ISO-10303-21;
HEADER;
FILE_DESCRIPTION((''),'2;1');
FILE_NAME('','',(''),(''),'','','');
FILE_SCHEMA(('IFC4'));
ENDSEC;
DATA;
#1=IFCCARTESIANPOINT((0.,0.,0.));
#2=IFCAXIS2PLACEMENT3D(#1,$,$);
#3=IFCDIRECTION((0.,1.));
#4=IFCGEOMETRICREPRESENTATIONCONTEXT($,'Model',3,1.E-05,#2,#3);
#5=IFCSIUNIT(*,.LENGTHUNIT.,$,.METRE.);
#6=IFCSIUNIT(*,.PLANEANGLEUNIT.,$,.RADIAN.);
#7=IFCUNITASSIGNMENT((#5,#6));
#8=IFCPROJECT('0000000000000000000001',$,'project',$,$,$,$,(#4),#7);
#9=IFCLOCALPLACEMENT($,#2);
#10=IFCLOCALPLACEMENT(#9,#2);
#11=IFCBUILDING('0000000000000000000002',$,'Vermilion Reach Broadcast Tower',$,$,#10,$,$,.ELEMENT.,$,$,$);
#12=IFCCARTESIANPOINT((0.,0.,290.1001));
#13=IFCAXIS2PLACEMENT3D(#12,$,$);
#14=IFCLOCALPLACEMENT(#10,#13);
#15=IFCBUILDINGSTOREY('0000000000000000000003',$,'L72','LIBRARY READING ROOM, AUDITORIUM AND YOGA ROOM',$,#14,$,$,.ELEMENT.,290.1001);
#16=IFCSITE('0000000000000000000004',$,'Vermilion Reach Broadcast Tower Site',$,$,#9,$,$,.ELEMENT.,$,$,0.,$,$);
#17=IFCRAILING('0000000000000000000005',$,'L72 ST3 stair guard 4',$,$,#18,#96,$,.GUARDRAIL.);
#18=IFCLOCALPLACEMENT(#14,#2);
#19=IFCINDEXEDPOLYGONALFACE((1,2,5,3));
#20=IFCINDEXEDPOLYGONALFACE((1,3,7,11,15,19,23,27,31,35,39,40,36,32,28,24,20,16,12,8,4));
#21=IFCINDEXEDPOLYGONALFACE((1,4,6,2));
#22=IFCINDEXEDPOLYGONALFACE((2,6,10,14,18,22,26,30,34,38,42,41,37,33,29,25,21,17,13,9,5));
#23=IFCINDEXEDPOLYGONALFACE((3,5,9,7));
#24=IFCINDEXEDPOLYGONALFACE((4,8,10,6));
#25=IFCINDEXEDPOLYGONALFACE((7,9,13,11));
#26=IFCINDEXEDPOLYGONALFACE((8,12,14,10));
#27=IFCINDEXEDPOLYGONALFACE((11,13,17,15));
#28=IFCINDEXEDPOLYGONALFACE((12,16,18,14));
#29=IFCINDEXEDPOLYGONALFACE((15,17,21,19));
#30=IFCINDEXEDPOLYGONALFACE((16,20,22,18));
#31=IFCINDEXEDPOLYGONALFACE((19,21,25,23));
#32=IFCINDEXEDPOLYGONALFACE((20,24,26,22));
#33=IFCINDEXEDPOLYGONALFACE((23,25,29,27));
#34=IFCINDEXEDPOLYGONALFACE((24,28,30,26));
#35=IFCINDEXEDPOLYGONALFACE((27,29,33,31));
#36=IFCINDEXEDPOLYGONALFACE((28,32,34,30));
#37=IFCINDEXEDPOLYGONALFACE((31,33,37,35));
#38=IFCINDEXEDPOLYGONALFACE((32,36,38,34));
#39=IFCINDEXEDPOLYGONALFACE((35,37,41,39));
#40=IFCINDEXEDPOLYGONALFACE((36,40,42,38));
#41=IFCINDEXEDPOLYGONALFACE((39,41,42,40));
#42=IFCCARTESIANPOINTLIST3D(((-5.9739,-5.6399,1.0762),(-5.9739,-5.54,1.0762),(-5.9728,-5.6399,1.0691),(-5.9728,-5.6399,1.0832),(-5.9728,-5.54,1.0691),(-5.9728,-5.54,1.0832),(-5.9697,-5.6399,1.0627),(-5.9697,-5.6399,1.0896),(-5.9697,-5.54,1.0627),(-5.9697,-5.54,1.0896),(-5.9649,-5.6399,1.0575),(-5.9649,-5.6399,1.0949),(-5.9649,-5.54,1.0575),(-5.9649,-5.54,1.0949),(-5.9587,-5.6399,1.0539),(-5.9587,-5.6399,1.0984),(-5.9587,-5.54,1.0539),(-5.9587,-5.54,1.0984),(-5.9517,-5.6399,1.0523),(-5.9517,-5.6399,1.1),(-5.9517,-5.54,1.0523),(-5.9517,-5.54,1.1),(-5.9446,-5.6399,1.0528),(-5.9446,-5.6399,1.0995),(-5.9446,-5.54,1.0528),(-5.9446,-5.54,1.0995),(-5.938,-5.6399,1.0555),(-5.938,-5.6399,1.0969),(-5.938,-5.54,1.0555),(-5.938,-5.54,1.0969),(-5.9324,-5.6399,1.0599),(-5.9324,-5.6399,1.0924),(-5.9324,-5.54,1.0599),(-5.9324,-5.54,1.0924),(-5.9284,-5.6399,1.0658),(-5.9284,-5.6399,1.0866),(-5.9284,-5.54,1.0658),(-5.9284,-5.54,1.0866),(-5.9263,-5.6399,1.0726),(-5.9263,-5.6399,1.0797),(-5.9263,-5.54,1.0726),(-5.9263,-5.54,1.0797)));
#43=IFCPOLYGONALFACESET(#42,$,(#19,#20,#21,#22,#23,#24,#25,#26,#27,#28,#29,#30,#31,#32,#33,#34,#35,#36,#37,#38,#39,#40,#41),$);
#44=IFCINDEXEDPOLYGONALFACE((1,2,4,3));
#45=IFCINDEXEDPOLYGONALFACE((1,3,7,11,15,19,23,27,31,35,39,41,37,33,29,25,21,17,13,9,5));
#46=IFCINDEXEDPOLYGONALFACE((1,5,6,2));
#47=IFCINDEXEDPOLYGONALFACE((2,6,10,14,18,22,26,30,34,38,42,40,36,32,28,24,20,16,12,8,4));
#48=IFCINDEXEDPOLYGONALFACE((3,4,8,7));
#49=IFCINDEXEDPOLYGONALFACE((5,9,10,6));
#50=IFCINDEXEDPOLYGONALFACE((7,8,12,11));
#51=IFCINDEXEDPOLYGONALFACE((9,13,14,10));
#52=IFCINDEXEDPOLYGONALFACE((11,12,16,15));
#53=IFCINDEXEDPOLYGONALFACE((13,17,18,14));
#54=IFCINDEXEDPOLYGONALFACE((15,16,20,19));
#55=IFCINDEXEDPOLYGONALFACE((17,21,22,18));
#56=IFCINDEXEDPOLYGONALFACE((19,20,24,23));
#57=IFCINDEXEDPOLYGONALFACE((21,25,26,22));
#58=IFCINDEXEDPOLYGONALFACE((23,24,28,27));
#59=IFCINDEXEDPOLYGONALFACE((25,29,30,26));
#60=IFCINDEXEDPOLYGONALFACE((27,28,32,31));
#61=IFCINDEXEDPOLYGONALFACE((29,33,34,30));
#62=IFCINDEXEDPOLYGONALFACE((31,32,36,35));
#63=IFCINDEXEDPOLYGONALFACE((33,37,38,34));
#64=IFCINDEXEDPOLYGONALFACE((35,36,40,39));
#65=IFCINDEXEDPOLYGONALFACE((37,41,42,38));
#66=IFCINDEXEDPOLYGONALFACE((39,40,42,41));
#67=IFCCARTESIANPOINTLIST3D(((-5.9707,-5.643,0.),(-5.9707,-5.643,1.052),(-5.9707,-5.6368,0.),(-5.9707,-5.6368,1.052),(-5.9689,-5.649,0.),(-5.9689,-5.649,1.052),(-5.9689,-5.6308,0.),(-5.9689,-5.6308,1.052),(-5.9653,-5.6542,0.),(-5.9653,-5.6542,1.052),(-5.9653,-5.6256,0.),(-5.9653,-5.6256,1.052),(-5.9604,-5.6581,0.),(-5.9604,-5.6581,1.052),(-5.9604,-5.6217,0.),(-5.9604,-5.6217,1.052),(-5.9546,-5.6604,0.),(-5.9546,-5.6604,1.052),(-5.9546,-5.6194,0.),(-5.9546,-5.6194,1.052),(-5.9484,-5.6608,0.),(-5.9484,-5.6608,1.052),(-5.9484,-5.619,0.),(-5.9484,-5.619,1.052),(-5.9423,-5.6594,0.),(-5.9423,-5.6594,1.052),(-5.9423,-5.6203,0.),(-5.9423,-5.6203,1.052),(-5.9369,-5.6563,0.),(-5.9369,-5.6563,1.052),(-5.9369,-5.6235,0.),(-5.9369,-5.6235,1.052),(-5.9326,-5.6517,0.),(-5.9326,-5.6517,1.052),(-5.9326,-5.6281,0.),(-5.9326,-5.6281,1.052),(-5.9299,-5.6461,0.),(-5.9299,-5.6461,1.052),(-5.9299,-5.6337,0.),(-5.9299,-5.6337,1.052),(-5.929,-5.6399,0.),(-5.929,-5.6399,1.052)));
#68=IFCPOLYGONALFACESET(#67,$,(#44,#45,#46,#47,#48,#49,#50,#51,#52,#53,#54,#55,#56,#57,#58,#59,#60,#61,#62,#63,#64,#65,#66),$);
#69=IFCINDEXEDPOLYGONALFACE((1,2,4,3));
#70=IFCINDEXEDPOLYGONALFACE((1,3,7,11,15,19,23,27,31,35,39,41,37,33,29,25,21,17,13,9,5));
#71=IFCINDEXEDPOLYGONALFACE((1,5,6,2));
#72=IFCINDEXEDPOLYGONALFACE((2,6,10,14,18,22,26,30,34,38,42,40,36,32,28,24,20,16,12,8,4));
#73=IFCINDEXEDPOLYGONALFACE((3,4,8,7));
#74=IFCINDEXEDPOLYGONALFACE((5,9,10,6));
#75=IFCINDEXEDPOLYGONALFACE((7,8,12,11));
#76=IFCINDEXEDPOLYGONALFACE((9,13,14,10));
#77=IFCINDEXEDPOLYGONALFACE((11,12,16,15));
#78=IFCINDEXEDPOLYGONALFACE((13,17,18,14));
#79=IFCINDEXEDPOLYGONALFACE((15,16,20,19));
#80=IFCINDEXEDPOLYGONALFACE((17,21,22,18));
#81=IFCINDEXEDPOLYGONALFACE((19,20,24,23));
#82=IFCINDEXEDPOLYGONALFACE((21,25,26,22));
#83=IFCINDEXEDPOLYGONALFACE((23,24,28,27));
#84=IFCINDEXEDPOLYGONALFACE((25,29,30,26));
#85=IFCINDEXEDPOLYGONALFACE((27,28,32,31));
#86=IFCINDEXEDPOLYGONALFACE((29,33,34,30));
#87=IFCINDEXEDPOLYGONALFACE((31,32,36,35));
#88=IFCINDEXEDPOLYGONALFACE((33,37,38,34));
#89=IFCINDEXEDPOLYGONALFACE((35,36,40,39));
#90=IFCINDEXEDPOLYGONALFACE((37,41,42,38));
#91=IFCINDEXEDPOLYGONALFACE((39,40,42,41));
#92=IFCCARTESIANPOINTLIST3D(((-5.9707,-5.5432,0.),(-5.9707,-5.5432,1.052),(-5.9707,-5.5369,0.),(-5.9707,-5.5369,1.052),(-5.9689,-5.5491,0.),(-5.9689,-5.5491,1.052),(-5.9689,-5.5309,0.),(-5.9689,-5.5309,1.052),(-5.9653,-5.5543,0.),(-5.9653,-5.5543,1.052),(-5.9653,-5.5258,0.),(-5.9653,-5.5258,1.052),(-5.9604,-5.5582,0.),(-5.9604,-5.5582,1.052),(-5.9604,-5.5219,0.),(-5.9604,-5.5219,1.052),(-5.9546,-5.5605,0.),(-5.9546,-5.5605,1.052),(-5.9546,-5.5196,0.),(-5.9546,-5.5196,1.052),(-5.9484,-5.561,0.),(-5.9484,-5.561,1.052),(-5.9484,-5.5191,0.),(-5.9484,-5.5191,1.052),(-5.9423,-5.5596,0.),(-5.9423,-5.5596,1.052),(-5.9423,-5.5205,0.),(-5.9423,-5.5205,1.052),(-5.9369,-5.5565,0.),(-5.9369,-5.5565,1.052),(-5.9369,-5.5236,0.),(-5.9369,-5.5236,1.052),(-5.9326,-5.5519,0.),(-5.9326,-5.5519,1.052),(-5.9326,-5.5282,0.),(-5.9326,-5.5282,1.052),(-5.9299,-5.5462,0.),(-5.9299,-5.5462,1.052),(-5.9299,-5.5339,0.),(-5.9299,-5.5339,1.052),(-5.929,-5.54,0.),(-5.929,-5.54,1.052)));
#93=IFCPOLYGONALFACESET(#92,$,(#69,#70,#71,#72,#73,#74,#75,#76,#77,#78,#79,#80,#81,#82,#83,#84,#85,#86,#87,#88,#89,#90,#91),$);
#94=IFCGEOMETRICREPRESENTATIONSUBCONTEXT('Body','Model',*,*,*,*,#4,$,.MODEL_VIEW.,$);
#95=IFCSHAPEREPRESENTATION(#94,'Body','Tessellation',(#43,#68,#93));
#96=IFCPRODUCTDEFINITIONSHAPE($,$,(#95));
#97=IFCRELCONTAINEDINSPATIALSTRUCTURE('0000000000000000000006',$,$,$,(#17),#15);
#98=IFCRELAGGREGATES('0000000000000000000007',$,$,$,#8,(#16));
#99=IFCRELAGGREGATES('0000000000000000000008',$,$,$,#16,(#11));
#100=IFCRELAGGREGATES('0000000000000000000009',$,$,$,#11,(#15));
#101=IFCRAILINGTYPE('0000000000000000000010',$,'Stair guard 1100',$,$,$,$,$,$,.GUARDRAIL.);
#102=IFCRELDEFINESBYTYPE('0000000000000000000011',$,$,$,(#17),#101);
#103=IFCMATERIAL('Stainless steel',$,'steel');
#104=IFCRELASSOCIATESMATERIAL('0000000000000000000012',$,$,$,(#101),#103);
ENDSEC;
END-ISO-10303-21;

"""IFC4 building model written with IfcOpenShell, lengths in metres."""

from ifc_helpers import new_model, si_unit, direction, frame, origin, origin_2d, place, context, subcontext, project, spatial, circle, extrude, material, type_object, element, save


model = new_model("IFC4")

# Units and contexts
model_context = context("Model", 3, precision=1e-05, world=origin(), true_north=direction((0.0, 1.0)))
body_context = subcontext(model_context, "Body", "Model", "MODEL_VIEW")
ifc_project = project(units=[si_unit("LENGTHUNIT", "METRE"), si_unit("PLANEANGLEUNIT", "RADIAN")], contexts=[model_context])

# Site, building, storey
site_placement = place(None, origin())
site = spatial("IfcSite", under=ifc_project, at=site_placement, Name="Vermilion Reach Broadcast Tower Site", CompositionType="ELEMENT", RefElevation=0.0)
building_placement = place(site_placement, origin())
building = spatial("IfcBuilding", under=site, at=building_placement, Name="Vermilion Reach Broadcast Tower", CompositionType="ELEMENT")
storey_placement = place(building_placement, frame((0.0, 0.0, 290.1001)))
storey = spatial("IfcBuildingStorey", under=building, at=storey_placement, Name="L72", Description="LIBRARY READING ROOM, AUDITORIUM AND YOGA ROOM", CompositionType="ELEMENT", Elevation=290.1001)

# Railing
ifc_material_1 = material(Name="Stainless steel", Category="steel")
railing_type_1 = type_object("IfcRailingType", Name="Stair guard 1100", PredefinedType="GUARDRAIL", material=ifc_material_1)
railing_1_placement = place(storey_placement, frame((-5.95, -5.6399, 0.0)))
element("IfcRailing", 1, at=railing_1_placement, inside=storey, type_object=railing_type_1, Name="L72 ST3 stair guard 4", PredefinedType="GUARDRAIL", context=body_context, shape_type="SweptSolid", body=[
    extrude(circle(Radius=0.0239, at=origin_2d()), frame((0.0, 0.0, 1.0762), z_axis=(0.0, 1.0, 0.0), x_axis=(-1.0, 0.0, 0.0)), (0.0, 0.0, 1.0), 0.0999),
    extrude(circle(Radius=0.021, at=origin_2d()), origin(), (0.0, 0.0, 1.0), 1.052),
    extrude(circle(Radius=0.021, at=origin_2d()), frame((0.0, 0.0999, 0.0)), (0.0, 0.0, 1.0), 1.052),
])

save(model, "model.ifc")
